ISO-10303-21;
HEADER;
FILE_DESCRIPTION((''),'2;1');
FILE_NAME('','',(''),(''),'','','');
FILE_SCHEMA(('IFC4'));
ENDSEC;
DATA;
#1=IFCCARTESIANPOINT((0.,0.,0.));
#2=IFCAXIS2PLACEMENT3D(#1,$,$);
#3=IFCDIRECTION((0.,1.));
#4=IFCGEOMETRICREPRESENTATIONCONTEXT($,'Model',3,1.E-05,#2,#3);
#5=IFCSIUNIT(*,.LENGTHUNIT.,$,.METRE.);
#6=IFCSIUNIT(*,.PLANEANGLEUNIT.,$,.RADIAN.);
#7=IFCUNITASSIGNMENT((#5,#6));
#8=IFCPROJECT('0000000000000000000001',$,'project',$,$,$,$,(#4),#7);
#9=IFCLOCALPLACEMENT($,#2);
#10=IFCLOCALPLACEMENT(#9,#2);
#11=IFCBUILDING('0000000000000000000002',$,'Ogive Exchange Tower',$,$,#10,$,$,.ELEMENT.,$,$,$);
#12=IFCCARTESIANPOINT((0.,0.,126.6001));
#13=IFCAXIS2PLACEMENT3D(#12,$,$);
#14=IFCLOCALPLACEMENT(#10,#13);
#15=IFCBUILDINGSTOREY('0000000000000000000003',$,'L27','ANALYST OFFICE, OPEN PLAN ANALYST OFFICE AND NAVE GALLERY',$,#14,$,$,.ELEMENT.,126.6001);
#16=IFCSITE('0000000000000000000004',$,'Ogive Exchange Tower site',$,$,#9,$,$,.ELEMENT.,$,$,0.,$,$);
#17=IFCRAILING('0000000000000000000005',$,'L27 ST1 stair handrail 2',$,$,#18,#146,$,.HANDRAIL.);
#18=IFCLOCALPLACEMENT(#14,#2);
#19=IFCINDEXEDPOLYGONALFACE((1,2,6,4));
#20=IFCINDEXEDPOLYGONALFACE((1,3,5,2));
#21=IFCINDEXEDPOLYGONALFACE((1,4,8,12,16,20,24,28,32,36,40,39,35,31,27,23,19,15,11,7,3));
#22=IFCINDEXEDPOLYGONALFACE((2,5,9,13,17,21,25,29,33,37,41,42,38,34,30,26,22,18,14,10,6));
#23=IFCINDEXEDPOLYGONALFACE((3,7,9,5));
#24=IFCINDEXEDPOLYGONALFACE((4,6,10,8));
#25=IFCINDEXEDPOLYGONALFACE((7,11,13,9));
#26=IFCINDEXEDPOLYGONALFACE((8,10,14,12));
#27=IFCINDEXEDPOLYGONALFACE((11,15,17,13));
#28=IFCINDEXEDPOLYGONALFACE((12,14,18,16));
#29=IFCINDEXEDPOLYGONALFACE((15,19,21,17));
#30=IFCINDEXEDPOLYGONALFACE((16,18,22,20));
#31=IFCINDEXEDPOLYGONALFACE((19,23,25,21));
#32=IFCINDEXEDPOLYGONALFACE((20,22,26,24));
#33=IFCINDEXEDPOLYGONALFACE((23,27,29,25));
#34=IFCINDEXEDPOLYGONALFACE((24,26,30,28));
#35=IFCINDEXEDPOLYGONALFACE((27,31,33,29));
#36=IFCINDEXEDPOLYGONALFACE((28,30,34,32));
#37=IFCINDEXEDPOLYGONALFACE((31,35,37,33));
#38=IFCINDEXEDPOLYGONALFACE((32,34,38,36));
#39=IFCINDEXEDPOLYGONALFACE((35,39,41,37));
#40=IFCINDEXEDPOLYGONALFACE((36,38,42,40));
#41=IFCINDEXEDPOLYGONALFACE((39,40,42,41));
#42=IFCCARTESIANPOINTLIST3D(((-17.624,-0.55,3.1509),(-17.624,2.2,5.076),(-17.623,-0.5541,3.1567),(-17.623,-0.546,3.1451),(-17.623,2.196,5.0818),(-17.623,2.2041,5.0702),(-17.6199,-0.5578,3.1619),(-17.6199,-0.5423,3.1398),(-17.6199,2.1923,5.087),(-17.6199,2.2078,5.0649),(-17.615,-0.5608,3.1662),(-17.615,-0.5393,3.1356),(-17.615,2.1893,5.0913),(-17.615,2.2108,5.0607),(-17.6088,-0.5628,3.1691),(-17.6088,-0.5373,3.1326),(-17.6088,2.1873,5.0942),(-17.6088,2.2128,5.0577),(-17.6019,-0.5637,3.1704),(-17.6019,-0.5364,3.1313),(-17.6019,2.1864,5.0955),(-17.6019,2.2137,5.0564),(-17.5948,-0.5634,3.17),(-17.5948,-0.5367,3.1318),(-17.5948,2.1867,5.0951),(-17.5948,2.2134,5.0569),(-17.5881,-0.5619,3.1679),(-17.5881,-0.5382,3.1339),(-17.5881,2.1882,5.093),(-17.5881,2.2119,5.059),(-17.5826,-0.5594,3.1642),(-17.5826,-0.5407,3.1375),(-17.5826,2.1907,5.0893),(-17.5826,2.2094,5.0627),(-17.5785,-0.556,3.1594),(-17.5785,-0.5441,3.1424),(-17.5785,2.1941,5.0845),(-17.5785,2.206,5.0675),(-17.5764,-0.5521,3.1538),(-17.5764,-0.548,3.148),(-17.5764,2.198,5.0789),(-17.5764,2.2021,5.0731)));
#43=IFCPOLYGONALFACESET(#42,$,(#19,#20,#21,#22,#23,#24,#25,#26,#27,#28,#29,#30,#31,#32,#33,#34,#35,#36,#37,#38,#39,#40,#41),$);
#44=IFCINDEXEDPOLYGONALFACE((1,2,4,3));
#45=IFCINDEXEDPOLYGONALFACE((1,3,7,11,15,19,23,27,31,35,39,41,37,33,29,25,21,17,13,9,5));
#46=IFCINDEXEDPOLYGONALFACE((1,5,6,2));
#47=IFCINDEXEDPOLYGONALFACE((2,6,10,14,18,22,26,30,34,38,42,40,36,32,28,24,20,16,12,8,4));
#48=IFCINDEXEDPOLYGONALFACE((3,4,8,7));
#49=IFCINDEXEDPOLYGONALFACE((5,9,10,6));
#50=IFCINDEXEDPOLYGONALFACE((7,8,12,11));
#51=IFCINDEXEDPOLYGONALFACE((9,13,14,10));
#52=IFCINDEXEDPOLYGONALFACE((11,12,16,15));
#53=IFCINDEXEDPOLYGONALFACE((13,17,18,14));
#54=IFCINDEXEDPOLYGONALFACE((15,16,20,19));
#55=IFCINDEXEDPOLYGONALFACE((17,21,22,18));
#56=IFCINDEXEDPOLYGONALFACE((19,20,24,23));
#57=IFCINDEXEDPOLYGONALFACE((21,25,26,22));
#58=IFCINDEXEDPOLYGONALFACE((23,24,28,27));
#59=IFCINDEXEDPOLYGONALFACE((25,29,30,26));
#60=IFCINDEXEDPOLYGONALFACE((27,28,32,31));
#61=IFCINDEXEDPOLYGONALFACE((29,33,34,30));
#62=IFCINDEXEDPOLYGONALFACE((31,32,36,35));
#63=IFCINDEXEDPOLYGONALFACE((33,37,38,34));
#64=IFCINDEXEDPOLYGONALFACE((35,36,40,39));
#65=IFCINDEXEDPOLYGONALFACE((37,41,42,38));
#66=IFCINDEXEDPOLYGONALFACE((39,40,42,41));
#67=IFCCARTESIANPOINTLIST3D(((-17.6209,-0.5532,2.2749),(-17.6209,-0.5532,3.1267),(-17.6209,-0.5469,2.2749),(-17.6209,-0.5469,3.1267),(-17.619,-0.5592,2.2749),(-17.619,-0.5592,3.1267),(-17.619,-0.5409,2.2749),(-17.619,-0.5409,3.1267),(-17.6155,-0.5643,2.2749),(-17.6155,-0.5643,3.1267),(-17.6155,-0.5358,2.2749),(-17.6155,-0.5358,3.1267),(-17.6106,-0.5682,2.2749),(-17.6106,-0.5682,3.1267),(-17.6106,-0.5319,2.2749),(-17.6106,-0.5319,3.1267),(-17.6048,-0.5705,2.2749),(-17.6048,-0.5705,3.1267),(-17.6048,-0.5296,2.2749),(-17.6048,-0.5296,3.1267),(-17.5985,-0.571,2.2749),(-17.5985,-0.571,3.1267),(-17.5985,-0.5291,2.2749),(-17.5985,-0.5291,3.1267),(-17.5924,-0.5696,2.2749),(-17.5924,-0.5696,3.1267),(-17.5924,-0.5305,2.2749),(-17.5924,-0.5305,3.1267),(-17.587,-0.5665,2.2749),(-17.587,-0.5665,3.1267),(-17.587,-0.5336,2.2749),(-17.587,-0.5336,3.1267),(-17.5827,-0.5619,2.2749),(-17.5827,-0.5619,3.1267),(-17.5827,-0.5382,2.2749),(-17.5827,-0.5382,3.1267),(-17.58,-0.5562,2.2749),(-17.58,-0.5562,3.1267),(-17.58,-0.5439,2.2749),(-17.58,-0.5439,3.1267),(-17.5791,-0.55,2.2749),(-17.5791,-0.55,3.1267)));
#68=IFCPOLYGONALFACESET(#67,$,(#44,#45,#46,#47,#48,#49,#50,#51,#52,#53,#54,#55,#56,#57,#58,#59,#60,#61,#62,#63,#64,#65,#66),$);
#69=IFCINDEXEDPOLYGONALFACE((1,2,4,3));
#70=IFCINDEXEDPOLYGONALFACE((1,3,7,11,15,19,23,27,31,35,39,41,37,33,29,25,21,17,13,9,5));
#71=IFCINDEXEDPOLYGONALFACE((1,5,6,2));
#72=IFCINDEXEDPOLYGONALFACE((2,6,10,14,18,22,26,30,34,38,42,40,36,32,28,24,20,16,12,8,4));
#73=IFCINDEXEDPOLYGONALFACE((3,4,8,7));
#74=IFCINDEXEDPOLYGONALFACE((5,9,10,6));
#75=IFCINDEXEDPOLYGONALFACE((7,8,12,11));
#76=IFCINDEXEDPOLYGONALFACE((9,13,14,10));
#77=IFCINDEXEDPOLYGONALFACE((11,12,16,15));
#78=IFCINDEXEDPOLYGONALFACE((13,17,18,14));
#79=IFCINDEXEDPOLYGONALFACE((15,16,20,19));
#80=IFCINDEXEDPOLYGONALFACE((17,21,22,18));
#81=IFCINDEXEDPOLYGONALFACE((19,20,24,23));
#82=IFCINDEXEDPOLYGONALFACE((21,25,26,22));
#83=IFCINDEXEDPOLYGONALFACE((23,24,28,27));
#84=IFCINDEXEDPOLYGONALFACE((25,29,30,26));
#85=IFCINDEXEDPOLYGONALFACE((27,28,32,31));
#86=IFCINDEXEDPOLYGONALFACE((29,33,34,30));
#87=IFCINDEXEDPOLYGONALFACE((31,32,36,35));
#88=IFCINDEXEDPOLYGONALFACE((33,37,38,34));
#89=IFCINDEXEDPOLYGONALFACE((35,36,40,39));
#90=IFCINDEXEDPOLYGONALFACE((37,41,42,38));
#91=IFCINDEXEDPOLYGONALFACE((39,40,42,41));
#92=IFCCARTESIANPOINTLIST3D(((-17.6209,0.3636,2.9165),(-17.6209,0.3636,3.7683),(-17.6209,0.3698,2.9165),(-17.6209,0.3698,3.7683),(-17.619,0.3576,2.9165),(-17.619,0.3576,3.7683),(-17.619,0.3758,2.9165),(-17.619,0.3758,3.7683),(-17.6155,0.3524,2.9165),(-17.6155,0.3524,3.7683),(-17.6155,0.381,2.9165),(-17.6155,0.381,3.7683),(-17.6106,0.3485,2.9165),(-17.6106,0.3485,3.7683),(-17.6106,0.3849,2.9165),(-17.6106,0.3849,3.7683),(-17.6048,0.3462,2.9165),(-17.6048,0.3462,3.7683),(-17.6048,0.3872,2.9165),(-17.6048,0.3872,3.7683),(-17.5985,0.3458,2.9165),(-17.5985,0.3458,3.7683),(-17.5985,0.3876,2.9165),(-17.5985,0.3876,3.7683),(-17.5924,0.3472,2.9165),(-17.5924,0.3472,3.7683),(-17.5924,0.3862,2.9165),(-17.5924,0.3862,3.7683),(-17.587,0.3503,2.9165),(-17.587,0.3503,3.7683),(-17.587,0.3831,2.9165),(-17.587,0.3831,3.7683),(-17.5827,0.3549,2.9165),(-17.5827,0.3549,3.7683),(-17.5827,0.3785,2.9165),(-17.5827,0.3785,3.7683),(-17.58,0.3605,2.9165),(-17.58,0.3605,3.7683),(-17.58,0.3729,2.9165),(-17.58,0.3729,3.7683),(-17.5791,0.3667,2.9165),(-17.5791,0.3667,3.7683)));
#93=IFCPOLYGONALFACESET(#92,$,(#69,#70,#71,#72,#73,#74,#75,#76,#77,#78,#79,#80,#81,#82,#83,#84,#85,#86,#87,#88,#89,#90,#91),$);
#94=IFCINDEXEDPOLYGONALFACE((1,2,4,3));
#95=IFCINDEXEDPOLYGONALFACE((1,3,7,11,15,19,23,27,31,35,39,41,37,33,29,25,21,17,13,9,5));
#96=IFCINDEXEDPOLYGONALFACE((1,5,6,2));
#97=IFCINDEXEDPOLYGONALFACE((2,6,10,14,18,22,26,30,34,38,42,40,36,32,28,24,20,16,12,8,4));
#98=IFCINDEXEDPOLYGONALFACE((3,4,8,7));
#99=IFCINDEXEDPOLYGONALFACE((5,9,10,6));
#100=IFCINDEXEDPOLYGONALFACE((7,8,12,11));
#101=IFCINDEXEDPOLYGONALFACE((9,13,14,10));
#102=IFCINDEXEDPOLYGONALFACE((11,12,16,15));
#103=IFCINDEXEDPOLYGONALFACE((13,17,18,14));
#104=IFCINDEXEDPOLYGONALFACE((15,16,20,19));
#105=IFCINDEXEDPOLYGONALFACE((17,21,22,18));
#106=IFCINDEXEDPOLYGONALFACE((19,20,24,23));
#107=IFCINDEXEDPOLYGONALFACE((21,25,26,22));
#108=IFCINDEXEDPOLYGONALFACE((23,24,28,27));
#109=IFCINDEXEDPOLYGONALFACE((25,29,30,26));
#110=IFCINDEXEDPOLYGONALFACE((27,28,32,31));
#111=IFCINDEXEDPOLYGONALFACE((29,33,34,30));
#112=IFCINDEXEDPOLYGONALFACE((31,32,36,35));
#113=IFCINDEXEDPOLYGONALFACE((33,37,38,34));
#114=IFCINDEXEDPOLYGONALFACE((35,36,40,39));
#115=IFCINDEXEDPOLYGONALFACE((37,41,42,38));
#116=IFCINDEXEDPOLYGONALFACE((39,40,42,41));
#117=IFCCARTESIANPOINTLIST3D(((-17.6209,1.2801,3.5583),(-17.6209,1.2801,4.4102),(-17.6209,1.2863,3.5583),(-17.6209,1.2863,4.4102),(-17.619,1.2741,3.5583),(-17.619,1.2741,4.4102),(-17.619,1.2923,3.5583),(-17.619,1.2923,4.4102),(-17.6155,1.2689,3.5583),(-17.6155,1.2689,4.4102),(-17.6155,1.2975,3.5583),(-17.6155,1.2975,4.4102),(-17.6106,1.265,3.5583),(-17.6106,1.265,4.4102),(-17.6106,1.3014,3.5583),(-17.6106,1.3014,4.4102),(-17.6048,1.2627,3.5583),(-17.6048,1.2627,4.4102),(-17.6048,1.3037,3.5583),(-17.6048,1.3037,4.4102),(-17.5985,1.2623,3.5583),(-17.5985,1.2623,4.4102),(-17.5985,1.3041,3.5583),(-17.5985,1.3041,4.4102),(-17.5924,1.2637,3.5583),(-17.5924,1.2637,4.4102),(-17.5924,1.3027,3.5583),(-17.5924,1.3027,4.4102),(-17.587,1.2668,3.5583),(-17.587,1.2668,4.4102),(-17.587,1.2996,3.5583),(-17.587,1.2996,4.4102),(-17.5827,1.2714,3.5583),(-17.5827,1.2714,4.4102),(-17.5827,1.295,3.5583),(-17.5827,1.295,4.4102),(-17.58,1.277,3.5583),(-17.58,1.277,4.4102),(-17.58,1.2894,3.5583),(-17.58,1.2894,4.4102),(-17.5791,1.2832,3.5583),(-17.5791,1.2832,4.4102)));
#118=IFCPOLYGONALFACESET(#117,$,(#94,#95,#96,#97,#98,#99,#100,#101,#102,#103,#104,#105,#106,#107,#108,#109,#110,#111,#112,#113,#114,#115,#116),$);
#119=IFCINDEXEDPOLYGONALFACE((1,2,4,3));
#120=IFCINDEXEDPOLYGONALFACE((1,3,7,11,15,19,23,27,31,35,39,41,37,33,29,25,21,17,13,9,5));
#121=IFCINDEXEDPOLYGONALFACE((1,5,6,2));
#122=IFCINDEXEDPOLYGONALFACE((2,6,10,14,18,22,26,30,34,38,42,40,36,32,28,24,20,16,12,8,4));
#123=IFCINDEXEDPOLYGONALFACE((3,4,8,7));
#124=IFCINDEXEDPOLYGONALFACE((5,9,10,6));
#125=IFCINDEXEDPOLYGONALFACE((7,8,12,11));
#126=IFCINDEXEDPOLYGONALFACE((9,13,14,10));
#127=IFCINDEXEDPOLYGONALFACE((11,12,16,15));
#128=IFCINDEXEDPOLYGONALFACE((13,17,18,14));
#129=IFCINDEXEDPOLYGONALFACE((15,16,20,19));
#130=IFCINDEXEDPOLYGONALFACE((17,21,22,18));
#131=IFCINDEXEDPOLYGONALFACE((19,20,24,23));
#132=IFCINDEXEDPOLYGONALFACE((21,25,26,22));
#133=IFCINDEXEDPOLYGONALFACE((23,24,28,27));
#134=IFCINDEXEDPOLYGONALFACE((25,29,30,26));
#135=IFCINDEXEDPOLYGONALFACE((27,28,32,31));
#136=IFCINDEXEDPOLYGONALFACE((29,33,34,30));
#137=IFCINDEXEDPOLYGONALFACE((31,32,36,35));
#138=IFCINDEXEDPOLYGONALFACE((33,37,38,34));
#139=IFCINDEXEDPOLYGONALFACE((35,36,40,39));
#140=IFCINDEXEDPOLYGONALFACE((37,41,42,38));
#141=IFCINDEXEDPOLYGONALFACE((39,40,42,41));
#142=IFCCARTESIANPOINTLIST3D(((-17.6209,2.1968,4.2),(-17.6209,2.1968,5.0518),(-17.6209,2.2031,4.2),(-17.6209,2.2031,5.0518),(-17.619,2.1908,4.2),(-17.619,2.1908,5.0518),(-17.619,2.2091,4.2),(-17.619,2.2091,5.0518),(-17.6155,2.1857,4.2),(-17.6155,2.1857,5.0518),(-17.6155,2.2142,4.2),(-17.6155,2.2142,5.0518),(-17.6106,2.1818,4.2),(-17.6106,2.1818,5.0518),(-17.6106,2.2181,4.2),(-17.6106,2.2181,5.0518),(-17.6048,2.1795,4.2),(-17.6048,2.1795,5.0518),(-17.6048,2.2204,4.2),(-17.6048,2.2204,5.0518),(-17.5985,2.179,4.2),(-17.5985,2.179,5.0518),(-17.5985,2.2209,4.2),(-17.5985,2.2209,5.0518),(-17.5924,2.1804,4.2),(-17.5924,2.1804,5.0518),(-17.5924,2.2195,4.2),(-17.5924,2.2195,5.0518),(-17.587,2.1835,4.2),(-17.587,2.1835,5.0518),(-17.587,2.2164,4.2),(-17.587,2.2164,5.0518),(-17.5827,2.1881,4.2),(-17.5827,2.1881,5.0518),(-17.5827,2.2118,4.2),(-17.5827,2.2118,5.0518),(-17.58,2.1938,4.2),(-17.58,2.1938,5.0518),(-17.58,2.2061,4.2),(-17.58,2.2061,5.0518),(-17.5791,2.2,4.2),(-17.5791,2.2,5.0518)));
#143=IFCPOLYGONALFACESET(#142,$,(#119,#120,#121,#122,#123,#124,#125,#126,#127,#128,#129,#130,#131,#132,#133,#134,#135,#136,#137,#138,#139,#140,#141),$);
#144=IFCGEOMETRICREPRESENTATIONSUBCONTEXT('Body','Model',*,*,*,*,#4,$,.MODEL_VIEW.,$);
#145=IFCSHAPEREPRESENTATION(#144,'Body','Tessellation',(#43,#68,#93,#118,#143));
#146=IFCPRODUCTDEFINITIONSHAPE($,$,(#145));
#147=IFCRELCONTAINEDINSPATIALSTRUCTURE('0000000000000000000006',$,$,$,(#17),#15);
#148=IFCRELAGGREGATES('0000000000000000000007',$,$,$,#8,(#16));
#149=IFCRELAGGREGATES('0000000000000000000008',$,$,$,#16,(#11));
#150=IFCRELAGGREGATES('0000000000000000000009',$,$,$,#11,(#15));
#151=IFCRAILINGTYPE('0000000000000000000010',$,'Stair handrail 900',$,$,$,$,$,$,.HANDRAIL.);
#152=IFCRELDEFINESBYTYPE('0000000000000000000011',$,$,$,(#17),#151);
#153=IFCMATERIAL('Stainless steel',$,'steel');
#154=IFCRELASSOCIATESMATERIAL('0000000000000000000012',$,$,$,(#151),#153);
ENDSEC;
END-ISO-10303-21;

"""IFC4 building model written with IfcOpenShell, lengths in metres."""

from ifc_helpers import new_model, si_unit, direction, frame, origin, origin_2d, place, context, subcontext, project, spatial, circle, extrude, material, type_object, element, save


model = new_model("IFC4")

# Units and contexts
model_context = context("Model", 3, precision=1e-05, world=origin(), true_north=direction((0.0, 1.0)))
body_context = subcontext(model_context, "Body", "Model", "MODEL_VIEW")
ifc_project = project(units=[si_unit("LENGTHUNIT", "METRE"), si_unit("PLANEANGLEUNIT", "RADIAN")], contexts=[model_context])

# Site, building, storey
site_placement = place(None, origin())
site = spatial("IfcSite", under=ifc_project, at=site_placement, Name="Ogive Exchange Tower site", CompositionType="ELEMENT", RefElevation=0.0)
building_placement = place(site_placement, origin())
building = spatial("IfcBuilding", under=site, at=building_placement, Name="Ogive Exchange Tower", CompositionType="ELEMENT")
storey_placement = place(building_placement, frame((0.0, 0.0, 126.6001)))
storey = spatial("IfcBuildingStorey", under=building, at=storey_placement, Name="L27", Description="ANALYST OFFICE, OPEN PLAN ANALYST OFFICE AND NAVE GALLERY", CompositionType="ELEMENT", Elevation=126.6001)

# Shared definitions
ifc_material_1 = material(Name="Stainless steel", Category="steel")

# Railing
railing_type = type_object("IfcRailingType", Name="Stair handrail 900", PredefinedType="HANDRAIL", material=ifc_material_1)
railing_1_placement = place(storey_placement, frame((-17.6001, -0.55, 2.2749)))
element("IfcRailing", 1, at=railing_1_placement, inside=storey, type_object=railing_type, Name="L27 ST1 stair handrail 2", PredefinedType="HANDRAIL", context=body_context, shape_type="SweptSolid", body=[
    extrude(circle(Radius=0.0239, at=origin_2d()), frame((0.0, 0.0, 0.876), z_axis=(0.0, 0.819225, 0.573472), x_axis=(-1.0, 0.0, 0.0)), (0.0, 0.0, 1.0), 3.3569),
    extrude(circle(Radius=0.021, at=origin_2d()), origin(), (0.0, 0.0, 1.0), 0.8518),
    extrude(circle(Radius=0.021, at=origin_2d()), frame((0.0, 0.9167, 0.6416)), (0.0, 0.0, 1.0), 0.8518),
    extrude(circle(Radius=0.021, at=origin_2d()), frame((0.0, 1.8333, 1.2834)), (0.0, 0.0, 1.0), 0.8518),
    extrude(circle(Radius=0.021, at=origin_2d()), frame((0.0, 2.75, 1.925)), (0.0, 0.0, 1.0), 0.8518),
])

save(model, "model.ifc")
